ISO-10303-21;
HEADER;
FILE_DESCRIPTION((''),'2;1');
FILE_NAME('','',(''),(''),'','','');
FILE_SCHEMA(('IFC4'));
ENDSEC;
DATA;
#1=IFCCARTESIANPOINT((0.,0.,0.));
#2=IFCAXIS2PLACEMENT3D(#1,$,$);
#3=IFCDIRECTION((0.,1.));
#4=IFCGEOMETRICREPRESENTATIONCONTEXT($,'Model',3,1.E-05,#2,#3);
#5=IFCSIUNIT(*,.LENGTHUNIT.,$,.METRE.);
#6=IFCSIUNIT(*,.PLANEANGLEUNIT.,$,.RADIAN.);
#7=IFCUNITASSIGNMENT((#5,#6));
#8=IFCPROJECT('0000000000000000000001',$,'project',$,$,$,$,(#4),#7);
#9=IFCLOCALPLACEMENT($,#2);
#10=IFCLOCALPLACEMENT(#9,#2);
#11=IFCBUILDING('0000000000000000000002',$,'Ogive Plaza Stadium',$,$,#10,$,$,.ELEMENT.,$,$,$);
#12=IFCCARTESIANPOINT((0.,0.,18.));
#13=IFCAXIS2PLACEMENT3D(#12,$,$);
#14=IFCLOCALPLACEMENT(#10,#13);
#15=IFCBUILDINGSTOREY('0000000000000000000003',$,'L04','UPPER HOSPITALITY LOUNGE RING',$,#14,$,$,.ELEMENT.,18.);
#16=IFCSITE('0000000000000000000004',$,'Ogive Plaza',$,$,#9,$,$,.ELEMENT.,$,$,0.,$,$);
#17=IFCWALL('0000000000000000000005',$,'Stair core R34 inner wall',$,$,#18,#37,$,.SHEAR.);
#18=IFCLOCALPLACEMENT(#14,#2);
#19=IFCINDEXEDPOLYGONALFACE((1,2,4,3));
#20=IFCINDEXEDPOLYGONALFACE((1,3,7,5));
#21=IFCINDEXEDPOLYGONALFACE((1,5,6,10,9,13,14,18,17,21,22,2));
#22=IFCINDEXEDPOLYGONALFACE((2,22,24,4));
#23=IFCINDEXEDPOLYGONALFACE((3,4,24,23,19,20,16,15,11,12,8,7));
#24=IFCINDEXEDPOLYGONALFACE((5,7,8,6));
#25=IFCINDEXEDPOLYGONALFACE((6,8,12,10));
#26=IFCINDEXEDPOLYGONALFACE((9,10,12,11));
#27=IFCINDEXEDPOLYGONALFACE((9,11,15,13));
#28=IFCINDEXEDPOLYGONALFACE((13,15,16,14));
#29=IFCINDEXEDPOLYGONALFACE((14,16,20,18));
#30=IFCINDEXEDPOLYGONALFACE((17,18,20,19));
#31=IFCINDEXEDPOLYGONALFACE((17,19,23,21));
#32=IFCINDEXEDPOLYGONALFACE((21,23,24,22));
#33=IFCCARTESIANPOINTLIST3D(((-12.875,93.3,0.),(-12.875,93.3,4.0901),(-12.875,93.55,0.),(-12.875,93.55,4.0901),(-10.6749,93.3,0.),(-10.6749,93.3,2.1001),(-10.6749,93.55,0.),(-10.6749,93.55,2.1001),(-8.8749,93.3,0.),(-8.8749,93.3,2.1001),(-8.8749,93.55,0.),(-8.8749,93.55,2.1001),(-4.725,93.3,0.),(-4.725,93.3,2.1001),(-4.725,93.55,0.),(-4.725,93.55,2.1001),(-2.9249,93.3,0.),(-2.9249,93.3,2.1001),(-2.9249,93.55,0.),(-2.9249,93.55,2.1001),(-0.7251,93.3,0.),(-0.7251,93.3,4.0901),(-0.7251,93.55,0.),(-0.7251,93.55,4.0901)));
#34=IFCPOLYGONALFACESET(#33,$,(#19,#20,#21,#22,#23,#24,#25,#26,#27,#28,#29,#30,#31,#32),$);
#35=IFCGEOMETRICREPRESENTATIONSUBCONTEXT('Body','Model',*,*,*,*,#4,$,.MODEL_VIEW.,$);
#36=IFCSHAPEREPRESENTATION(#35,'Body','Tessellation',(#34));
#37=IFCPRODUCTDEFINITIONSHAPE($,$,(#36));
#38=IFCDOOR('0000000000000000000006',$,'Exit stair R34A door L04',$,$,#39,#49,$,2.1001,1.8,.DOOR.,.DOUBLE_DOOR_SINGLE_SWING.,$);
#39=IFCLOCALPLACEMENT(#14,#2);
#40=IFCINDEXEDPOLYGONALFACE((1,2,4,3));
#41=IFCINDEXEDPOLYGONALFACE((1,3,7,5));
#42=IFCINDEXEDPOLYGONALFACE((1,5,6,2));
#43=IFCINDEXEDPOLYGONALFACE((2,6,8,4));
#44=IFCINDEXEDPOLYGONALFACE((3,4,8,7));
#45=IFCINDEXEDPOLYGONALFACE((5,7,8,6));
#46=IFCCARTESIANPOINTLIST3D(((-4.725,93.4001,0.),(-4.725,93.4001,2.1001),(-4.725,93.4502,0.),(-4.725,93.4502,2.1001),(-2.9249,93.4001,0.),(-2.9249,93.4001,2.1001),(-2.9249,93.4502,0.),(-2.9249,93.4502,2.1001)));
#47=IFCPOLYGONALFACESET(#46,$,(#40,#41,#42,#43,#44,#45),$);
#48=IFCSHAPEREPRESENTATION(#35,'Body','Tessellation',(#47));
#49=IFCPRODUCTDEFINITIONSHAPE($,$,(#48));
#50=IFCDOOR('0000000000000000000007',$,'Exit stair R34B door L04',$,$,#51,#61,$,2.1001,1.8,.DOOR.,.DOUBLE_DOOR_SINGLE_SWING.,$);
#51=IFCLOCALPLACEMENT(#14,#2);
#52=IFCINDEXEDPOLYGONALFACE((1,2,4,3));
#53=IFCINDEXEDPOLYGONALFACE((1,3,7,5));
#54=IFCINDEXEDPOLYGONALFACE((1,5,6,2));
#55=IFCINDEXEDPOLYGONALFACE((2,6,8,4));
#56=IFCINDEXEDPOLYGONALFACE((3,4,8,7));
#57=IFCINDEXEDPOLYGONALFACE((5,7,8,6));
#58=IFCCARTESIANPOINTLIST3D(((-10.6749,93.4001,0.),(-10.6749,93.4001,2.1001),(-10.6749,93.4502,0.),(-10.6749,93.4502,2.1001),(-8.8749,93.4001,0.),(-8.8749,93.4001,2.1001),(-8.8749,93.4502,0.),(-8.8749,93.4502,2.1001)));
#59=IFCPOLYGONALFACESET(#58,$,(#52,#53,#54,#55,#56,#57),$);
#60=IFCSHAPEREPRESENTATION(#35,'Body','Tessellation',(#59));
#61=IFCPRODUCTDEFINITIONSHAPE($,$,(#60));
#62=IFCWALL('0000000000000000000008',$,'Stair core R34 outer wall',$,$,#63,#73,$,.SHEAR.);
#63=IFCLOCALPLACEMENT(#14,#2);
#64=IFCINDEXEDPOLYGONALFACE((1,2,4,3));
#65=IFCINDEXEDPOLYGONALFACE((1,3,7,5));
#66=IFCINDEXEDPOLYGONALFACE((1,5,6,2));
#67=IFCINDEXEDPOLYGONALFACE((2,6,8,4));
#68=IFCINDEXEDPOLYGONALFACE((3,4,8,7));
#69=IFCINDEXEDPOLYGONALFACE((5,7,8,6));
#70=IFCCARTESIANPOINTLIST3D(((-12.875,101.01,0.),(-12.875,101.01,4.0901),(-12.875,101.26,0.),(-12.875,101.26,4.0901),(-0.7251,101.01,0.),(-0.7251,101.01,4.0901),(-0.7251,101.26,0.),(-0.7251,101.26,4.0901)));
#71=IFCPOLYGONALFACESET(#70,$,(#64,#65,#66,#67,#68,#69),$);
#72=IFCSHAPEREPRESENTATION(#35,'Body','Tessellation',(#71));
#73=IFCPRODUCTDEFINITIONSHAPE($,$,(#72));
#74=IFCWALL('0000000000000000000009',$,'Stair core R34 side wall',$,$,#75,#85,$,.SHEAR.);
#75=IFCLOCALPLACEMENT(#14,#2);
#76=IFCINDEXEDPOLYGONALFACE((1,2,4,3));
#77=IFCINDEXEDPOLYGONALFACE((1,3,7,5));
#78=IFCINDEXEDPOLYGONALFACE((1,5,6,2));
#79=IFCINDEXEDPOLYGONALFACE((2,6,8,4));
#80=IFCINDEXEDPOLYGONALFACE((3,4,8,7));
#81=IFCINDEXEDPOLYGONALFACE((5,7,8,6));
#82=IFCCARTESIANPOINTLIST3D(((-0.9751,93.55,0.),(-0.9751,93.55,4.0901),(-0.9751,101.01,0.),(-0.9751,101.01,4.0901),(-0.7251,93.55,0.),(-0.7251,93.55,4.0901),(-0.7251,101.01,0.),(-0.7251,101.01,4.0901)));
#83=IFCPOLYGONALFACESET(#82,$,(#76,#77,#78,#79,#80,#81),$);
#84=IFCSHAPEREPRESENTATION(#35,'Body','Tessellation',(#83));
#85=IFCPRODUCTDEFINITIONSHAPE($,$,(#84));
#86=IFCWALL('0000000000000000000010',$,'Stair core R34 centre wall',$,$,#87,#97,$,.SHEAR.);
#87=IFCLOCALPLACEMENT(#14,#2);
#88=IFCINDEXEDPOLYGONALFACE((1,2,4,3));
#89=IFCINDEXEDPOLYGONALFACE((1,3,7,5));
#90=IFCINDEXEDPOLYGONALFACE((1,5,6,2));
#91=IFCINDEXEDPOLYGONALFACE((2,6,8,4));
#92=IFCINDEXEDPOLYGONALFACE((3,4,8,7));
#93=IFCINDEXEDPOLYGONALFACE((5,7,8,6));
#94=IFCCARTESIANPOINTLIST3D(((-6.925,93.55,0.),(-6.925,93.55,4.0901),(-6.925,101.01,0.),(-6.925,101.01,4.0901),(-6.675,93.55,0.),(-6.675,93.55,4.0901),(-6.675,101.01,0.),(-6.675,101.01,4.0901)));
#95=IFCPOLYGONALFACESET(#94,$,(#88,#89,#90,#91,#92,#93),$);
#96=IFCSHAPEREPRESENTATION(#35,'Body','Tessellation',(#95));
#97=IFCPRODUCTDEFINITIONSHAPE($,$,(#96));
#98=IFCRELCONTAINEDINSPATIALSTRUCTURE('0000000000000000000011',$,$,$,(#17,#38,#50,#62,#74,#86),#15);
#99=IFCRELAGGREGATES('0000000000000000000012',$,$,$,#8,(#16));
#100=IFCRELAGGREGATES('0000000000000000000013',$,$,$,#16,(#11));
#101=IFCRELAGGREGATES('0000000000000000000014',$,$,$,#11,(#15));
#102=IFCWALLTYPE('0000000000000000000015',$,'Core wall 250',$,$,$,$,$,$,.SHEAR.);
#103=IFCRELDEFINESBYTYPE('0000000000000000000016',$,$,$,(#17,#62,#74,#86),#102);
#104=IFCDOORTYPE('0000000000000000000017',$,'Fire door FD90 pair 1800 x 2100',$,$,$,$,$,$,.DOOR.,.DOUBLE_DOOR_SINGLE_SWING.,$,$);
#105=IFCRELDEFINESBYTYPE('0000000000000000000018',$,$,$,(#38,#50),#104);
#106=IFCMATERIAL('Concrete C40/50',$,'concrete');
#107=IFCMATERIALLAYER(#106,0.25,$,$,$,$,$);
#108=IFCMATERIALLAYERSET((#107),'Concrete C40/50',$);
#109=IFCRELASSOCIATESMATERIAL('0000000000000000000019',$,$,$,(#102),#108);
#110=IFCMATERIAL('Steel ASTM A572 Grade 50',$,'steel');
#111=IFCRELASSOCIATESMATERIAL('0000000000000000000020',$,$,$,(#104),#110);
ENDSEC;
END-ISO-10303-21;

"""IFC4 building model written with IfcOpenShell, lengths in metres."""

from ifc_helpers import new_model, si_unit, direction, frame, frame_2d, origin, place, context, subcontext, project, spatial, rectangle, extrude, material, layer, layer_set, type_object, element, fill, save


model = new_model("IFC4")

# Units and contexts
model_context = context("Model", 3, precision=1e-05, world=origin(), true_north=direction((0.0, 1.0)))
body_context = subcontext(model_context, "Body", "Model", "MODEL_VIEW")
ifc_project = project(units=[si_unit("LENGTHUNIT", "METRE"), si_unit("PLANEANGLEUNIT", "RADIAN")], contexts=[model_context])

# Site, building, storey
site_placement = place(None, origin())
site = spatial("IfcSite", under=ifc_project, at=site_placement, Name="Ogive Plaza", CompositionType="ELEMENT", RefElevation=0.0)
building_placement = place(site_placement, origin())
building = spatial("IfcBuilding", under=site, at=building_placement, Name="Ogive Plaza Stadium", CompositionType="ELEMENT")
storey_placement = place(building_placement, frame((0.0, 0.0, 18.0)))
storey = spatial("IfcBuildingStorey", under=building, at=storey_placement, Name="L04", Description="UPPER HOSPITALITY LOUNGE RING", CompositionType="ELEMENT", Elevation=18.0)

# Wall, openings, doors
ifc_material_1 = material(Name="Concrete C40/50", Category="concrete")
ifc_layer_1 = layer(ifc_material_1, 0.25)
ifc_layer_set_1 = layer_set([ifc_layer_1], Name="Concrete C40/50")
wall_type = type_object("IfcWallType", Name="Core wall 250", PredefinedType="SHEAR", material=ifc_layer_set_1)
wall_1_placement = place(storey_placement, frame((-0.7251, 93.425, 0.0), z_axis=(0.0, 0.0, 1.0), x_axis=(-1.0, 0.0, 0.0)))
wall_1 = element("IfcWall", 1, at=wall_1_placement, inside=storey, type_object=wall_type, Name="Stair core R34 inner wall", PredefinedType="SHEAR", context=body_context, shape_type="SweptSolid", body=[
    extrude(rectangle(XDim=12.1499, YDim=0.25, at=frame_2d((6.075, 0.0))), origin(), (0.0, 0.0, 1.0), 4.0901),
])
opening_1_placement = place(wall_1_placement, frame((2.2, 0.0, 0.0)))
opening_1 = element("IfcOpeningElement", 2, at=opening_1_placement, cuts=wall_1, PredefinedType="OPENING", context=body_context, shape_type="SweptSolid", body=[
    extrude(rectangle(XDim=1.8, YDim=2.1001, at=frame_2d((0.8999, 1.05))), frame((0.0, 0.125, 0.0), z_axis=(0.0, -1.0, 0.0), x_axis=(1.0, 0.0, 0.0)), (0.0, 0.0, 1.0), 0.25),
])
opening_2_placement = place(wall_1_placement, frame((8.1499, 0.0, 0.0)))
opening_2 = element("IfcOpeningElement", 3, at=opening_2_placement, cuts=wall_1, PredefinedType="OPENING", context=body_context, shape_type="SweptSolid", body=[
    extrude(rectangle(XDim=1.8, YDim=2.1001, at=frame_2d((0.8999, 1.05))), frame((0.0, 0.125, 0.0), z_axis=(0.0, -1.0, 0.0), x_axis=(1.0, 0.0, 0.0)), (0.0, 0.0, 1.0), 0.25),
])
ifc_material_2 = material(Name="Steel ASTM A572 Grade 50", Category="steel")
door_type = type_object("IfcDoorType", Name="Fire door FD90 pair 1800 x 2100", OperationType="DOUBLE_DOOR_SINGLE_SWING", PredefinedType="DOOR", material=ifc_material_2)
door_1_placement = place(opening_1_placement, origin())
door_1 = element("IfcDoor", 4, at=door_1_placement, inside=storey, type_object=door_type, Name="Exit stair R34A door L04", OperationType="DOUBLE_DOOR_SINGLE_SWING", OverallHeight=2.1001, OverallWidth=1.8, PredefinedType="DOOR", context=body_context, shape_type="SweptSolid", body=[
    extrude(rectangle(XDim=1.8, YDim=2.1001, at=frame_2d((0.8999, 1.05))), frame((0.0, 0.0249, 0.0), z_axis=(0.0, -1.0, 0.0), x_axis=(1.0, 0.0, 0.0)), (0.0, 0.0, 1.0), 0.05),
])
fill(opening_1, door_1)
door_2_placement = place(opening_2_placement, origin())
door_2 = element("IfcDoor", 5, at=door_2_placement, inside=storey, type_object=door_type, Name="Exit stair R34B door L04", OperationType="DOUBLE_DOOR_SINGLE_SWING", OverallHeight=2.1001, OverallWidth=1.8, PredefinedType="DOOR", context=body_context, shape_type="SweptSolid", body=[
    extrude(rectangle(XDim=1.8, YDim=2.1001, at=frame_2d((0.8999, 1.05))), frame((0.0, 0.0249, 0.0), z_axis=(0.0, -1.0, 0.0), x_axis=(1.0, 0.0, 0.0)), (0.0, 0.0, 1.0), 0.05),
])
fill(opening_2, door_2)

# Walls
wall_2_placement = place(storey_placement, frame((-0.7251, 101.135, 0.0), z_axis=(0.0, 0.0, 1.0), x_axis=(-1.0, 0.0, 0.0)))
element("IfcWall", 6, at=wall_2_placement, inside=storey, type_object=wall_type, Name="Stair core R34 outer wall", PredefinedType="SHEAR", context=body_context, shape_type="SweptSolid", body=[
    extrude(rectangle(XDim=12.1499, YDim=0.25, at=frame_2d((6.075, 0.0))), origin(), (0.0, 0.0, 1.0), 4.0901),
])
for number, where, z_axis, x_axis, name in (
    (7, (-0.8501, 93.55, 0.0), (0.0, 0.0, 1.0), (0.0, 1.0, 0.0), "Stair core R34 side wall"),
    (8, (-6.8, 93.55, 0.0), (0.0, 0.0, 1.0), (0.0, 1.0, 0.0), "Stair core R34 centre wall"),
):
    element("IfcWall", number, at=place(storey_placement, frame(where, z_axis=z_axis, x_axis=x_axis)), inside=storey, type_object=wall_type, Name=name, PredefinedType="SHEAR", context=body_context, shape_type="SweptSolid", body=[
        extrude(rectangle(XDim=7.46, YDim=0.25, at=frame_2d((3.73, 0.0))), origin(), (0.0, 0.0, 1.0), 4.0901),
    ])

save(model, "model.ifc")
